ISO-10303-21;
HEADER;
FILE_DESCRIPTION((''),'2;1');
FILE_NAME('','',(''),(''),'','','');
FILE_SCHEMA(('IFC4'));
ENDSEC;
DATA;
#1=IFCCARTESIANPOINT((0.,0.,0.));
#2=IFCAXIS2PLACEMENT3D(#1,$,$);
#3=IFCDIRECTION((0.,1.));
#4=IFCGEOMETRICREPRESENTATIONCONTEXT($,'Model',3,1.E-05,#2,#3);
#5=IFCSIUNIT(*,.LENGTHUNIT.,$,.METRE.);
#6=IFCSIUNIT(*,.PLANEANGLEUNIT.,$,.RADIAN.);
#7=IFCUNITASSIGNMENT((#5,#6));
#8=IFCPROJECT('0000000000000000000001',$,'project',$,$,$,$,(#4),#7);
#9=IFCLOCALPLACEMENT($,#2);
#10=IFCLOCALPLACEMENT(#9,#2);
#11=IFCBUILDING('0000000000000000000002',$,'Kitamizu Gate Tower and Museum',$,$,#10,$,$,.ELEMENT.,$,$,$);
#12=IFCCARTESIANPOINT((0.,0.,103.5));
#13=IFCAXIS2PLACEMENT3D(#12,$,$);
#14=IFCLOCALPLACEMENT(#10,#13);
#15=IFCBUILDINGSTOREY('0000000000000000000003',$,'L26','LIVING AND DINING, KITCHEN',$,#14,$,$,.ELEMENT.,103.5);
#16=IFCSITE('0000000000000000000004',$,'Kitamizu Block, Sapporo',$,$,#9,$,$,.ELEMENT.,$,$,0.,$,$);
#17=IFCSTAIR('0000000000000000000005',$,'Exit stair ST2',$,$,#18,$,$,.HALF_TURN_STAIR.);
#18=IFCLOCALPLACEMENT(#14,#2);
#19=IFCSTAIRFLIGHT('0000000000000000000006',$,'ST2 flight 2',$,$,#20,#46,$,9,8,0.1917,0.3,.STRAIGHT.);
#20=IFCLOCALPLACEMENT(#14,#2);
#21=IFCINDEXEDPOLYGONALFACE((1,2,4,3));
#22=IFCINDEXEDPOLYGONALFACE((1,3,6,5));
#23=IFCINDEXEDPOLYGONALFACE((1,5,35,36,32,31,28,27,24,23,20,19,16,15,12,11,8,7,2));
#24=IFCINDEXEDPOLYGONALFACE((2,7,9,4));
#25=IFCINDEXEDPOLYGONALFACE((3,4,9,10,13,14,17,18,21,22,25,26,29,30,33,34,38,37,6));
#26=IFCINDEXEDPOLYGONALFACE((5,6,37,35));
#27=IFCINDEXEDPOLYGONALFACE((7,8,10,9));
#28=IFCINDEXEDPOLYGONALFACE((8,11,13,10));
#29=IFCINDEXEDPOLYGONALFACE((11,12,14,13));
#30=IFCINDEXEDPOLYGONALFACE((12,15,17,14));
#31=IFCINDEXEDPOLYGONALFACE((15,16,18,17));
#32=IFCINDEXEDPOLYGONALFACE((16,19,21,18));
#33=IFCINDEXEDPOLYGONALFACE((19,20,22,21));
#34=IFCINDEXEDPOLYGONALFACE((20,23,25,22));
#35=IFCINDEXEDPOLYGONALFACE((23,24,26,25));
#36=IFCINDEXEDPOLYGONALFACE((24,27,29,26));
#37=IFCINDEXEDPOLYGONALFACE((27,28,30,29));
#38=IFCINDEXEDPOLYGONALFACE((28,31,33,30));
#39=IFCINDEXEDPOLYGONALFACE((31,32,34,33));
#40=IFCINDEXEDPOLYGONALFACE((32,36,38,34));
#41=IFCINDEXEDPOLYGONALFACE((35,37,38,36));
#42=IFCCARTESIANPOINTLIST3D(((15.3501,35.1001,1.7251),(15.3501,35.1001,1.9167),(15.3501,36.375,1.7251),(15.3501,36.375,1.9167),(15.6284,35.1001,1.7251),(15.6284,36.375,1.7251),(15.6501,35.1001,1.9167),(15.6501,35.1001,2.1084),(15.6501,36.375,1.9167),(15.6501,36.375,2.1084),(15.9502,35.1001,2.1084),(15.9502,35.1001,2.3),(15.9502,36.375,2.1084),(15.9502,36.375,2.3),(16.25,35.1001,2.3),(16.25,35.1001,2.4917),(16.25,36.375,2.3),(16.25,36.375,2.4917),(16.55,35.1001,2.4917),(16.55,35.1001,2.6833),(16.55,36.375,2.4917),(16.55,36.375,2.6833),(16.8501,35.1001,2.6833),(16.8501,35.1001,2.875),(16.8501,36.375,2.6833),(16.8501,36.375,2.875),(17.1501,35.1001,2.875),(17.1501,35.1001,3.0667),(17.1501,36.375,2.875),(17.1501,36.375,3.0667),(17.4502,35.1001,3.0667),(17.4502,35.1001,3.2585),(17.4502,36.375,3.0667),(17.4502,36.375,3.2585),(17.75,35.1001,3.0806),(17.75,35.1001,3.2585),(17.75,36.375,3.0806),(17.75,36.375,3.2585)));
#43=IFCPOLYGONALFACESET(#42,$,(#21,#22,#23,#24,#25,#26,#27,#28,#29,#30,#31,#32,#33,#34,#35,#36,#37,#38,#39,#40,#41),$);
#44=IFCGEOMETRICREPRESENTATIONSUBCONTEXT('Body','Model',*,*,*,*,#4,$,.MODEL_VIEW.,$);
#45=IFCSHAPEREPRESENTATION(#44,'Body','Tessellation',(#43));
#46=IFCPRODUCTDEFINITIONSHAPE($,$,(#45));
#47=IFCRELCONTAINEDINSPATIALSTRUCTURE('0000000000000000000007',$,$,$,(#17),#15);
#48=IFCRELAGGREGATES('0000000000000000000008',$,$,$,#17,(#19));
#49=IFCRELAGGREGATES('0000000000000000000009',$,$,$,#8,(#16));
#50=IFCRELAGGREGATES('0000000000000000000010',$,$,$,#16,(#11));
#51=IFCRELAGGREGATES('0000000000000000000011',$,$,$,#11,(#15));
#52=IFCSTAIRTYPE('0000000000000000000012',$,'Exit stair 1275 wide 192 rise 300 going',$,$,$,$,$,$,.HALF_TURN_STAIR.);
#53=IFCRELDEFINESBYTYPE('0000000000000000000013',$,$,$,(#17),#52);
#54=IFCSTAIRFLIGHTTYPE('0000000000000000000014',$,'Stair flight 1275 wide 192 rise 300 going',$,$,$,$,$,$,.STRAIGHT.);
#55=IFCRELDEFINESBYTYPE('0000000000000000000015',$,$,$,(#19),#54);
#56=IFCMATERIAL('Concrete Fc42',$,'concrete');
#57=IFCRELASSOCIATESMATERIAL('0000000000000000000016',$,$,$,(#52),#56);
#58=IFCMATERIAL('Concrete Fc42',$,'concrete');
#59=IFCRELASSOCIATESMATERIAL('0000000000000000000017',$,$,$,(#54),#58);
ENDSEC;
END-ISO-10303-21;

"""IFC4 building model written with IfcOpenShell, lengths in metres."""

from ifc_helpers import new_model, si_unit, direction, frame, origin, place, context, subcontext, project, spatial, polyline, outline, extrude, material, type_object, element, aggregate, save


model = new_model("IFC4")

# Units and contexts
model_context = context("Model", 3, precision=1e-05, world=origin(), true_north=direction((0.0, 1.0)))
body_context = subcontext(model_context, "Body", "Model", "MODEL_VIEW")
ifc_project = project(units=[si_unit("LENGTHUNIT", "METRE"), si_unit("PLANEANGLEUNIT", "RADIAN")], contexts=[model_context])

# Site, building, storey
site_placement = place(None, origin())
site = spatial("IfcSite", under=ifc_project, at=site_placement, Name="Kitamizu Block, Sapporo", CompositionType="ELEMENT", RefElevation=0.0)
building_placement = place(site_placement, origin())
building = spatial("IfcBuilding", under=site, at=building_placement, Name="Kitamizu Gate Tower and Museum", CompositionType="ELEMENT")
storey_placement = place(building_placement, frame((0.0, 0.0, 103.5)))
storey = spatial("IfcBuildingStorey", under=building, at=storey_placement, Name="L26", Description="LIVING AND DINING, KITCHEN", CompositionType="ELEMENT", Elevation=103.5)

# Stair, stair flight
ifc_material_1 = material(Name="Concrete Fc42", Category="concrete")
stair_type = type_object("IfcStairType", Name="Exit stair 1275 wide 192 rise 300 going", PredefinedType="HALF_TURN_STAIR", material=ifc_material_1)
stair_placement = place(storey_placement, origin())
stair = element("IfcStair", 1, at=stair_placement, inside=storey, type_object=stair_type, Name="Exit stair ST2", PredefinedType="HALF_TURN_STAIR")
ifc_material_2 = material(Name="Concrete Fc42", Category="concrete")
stair_flight_type = type_object("IfcStairFlightType", Name="Stair flight 1275 wide 192 rise 300 going", PredefinedType="STRAIGHT", material=ifc_material_2)
stair_flight_1_placement = place(storey_placement, frame((15.3501, 35.7375, 1.7251), z_axis=(0.0, 0.0, 1.0), x_axis=(1.0, 0.0, 0.0)))
stair_flight_1 = element("IfcStairFlight", 2, at=stair_flight_1_placement, type_object=stair_flight_type, Name="ST2 flight 2", NumberOfRisers=9, NumberOfTreads=8, PredefinedType="STRAIGHT", RiserHeight=0.1917, TreadLength=0.3, context=body_context, shape_type="SweptSolid", body=[
    extrude(outline(polyline([(0.0, 0.0), (0.0, 0.1917), (0.3, 0.1917), (0.3, 0.3833), (0.6001, 0.3833), (0.6001, 0.575), (0.8999, 0.575), (0.8999, 0.7666), (1.2, 0.7666), (1.2, 0.9583), (1.5, 0.9583), (1.5, 1.1499), (1.8, 1.1499), (1.8, 1.3416), (2.1001, 1.3416), (2.1001, 1.5334), (2.3999, 1.5334), (2.3999, 1.7251), (2.3999, 1.3555), (0.2783, 0.0), (0.0, 0.0)])), frame((0.0, 0.6375, 0.0), z_axis=(0.0, -1.0, 0.0), x_axis=(1.0, 0.0, 0.0)), (0.0, 0.0, 1.0), 1.2749),
])
aggregate(stair, [stair_flight_1])

save(model, "model.ifc")
